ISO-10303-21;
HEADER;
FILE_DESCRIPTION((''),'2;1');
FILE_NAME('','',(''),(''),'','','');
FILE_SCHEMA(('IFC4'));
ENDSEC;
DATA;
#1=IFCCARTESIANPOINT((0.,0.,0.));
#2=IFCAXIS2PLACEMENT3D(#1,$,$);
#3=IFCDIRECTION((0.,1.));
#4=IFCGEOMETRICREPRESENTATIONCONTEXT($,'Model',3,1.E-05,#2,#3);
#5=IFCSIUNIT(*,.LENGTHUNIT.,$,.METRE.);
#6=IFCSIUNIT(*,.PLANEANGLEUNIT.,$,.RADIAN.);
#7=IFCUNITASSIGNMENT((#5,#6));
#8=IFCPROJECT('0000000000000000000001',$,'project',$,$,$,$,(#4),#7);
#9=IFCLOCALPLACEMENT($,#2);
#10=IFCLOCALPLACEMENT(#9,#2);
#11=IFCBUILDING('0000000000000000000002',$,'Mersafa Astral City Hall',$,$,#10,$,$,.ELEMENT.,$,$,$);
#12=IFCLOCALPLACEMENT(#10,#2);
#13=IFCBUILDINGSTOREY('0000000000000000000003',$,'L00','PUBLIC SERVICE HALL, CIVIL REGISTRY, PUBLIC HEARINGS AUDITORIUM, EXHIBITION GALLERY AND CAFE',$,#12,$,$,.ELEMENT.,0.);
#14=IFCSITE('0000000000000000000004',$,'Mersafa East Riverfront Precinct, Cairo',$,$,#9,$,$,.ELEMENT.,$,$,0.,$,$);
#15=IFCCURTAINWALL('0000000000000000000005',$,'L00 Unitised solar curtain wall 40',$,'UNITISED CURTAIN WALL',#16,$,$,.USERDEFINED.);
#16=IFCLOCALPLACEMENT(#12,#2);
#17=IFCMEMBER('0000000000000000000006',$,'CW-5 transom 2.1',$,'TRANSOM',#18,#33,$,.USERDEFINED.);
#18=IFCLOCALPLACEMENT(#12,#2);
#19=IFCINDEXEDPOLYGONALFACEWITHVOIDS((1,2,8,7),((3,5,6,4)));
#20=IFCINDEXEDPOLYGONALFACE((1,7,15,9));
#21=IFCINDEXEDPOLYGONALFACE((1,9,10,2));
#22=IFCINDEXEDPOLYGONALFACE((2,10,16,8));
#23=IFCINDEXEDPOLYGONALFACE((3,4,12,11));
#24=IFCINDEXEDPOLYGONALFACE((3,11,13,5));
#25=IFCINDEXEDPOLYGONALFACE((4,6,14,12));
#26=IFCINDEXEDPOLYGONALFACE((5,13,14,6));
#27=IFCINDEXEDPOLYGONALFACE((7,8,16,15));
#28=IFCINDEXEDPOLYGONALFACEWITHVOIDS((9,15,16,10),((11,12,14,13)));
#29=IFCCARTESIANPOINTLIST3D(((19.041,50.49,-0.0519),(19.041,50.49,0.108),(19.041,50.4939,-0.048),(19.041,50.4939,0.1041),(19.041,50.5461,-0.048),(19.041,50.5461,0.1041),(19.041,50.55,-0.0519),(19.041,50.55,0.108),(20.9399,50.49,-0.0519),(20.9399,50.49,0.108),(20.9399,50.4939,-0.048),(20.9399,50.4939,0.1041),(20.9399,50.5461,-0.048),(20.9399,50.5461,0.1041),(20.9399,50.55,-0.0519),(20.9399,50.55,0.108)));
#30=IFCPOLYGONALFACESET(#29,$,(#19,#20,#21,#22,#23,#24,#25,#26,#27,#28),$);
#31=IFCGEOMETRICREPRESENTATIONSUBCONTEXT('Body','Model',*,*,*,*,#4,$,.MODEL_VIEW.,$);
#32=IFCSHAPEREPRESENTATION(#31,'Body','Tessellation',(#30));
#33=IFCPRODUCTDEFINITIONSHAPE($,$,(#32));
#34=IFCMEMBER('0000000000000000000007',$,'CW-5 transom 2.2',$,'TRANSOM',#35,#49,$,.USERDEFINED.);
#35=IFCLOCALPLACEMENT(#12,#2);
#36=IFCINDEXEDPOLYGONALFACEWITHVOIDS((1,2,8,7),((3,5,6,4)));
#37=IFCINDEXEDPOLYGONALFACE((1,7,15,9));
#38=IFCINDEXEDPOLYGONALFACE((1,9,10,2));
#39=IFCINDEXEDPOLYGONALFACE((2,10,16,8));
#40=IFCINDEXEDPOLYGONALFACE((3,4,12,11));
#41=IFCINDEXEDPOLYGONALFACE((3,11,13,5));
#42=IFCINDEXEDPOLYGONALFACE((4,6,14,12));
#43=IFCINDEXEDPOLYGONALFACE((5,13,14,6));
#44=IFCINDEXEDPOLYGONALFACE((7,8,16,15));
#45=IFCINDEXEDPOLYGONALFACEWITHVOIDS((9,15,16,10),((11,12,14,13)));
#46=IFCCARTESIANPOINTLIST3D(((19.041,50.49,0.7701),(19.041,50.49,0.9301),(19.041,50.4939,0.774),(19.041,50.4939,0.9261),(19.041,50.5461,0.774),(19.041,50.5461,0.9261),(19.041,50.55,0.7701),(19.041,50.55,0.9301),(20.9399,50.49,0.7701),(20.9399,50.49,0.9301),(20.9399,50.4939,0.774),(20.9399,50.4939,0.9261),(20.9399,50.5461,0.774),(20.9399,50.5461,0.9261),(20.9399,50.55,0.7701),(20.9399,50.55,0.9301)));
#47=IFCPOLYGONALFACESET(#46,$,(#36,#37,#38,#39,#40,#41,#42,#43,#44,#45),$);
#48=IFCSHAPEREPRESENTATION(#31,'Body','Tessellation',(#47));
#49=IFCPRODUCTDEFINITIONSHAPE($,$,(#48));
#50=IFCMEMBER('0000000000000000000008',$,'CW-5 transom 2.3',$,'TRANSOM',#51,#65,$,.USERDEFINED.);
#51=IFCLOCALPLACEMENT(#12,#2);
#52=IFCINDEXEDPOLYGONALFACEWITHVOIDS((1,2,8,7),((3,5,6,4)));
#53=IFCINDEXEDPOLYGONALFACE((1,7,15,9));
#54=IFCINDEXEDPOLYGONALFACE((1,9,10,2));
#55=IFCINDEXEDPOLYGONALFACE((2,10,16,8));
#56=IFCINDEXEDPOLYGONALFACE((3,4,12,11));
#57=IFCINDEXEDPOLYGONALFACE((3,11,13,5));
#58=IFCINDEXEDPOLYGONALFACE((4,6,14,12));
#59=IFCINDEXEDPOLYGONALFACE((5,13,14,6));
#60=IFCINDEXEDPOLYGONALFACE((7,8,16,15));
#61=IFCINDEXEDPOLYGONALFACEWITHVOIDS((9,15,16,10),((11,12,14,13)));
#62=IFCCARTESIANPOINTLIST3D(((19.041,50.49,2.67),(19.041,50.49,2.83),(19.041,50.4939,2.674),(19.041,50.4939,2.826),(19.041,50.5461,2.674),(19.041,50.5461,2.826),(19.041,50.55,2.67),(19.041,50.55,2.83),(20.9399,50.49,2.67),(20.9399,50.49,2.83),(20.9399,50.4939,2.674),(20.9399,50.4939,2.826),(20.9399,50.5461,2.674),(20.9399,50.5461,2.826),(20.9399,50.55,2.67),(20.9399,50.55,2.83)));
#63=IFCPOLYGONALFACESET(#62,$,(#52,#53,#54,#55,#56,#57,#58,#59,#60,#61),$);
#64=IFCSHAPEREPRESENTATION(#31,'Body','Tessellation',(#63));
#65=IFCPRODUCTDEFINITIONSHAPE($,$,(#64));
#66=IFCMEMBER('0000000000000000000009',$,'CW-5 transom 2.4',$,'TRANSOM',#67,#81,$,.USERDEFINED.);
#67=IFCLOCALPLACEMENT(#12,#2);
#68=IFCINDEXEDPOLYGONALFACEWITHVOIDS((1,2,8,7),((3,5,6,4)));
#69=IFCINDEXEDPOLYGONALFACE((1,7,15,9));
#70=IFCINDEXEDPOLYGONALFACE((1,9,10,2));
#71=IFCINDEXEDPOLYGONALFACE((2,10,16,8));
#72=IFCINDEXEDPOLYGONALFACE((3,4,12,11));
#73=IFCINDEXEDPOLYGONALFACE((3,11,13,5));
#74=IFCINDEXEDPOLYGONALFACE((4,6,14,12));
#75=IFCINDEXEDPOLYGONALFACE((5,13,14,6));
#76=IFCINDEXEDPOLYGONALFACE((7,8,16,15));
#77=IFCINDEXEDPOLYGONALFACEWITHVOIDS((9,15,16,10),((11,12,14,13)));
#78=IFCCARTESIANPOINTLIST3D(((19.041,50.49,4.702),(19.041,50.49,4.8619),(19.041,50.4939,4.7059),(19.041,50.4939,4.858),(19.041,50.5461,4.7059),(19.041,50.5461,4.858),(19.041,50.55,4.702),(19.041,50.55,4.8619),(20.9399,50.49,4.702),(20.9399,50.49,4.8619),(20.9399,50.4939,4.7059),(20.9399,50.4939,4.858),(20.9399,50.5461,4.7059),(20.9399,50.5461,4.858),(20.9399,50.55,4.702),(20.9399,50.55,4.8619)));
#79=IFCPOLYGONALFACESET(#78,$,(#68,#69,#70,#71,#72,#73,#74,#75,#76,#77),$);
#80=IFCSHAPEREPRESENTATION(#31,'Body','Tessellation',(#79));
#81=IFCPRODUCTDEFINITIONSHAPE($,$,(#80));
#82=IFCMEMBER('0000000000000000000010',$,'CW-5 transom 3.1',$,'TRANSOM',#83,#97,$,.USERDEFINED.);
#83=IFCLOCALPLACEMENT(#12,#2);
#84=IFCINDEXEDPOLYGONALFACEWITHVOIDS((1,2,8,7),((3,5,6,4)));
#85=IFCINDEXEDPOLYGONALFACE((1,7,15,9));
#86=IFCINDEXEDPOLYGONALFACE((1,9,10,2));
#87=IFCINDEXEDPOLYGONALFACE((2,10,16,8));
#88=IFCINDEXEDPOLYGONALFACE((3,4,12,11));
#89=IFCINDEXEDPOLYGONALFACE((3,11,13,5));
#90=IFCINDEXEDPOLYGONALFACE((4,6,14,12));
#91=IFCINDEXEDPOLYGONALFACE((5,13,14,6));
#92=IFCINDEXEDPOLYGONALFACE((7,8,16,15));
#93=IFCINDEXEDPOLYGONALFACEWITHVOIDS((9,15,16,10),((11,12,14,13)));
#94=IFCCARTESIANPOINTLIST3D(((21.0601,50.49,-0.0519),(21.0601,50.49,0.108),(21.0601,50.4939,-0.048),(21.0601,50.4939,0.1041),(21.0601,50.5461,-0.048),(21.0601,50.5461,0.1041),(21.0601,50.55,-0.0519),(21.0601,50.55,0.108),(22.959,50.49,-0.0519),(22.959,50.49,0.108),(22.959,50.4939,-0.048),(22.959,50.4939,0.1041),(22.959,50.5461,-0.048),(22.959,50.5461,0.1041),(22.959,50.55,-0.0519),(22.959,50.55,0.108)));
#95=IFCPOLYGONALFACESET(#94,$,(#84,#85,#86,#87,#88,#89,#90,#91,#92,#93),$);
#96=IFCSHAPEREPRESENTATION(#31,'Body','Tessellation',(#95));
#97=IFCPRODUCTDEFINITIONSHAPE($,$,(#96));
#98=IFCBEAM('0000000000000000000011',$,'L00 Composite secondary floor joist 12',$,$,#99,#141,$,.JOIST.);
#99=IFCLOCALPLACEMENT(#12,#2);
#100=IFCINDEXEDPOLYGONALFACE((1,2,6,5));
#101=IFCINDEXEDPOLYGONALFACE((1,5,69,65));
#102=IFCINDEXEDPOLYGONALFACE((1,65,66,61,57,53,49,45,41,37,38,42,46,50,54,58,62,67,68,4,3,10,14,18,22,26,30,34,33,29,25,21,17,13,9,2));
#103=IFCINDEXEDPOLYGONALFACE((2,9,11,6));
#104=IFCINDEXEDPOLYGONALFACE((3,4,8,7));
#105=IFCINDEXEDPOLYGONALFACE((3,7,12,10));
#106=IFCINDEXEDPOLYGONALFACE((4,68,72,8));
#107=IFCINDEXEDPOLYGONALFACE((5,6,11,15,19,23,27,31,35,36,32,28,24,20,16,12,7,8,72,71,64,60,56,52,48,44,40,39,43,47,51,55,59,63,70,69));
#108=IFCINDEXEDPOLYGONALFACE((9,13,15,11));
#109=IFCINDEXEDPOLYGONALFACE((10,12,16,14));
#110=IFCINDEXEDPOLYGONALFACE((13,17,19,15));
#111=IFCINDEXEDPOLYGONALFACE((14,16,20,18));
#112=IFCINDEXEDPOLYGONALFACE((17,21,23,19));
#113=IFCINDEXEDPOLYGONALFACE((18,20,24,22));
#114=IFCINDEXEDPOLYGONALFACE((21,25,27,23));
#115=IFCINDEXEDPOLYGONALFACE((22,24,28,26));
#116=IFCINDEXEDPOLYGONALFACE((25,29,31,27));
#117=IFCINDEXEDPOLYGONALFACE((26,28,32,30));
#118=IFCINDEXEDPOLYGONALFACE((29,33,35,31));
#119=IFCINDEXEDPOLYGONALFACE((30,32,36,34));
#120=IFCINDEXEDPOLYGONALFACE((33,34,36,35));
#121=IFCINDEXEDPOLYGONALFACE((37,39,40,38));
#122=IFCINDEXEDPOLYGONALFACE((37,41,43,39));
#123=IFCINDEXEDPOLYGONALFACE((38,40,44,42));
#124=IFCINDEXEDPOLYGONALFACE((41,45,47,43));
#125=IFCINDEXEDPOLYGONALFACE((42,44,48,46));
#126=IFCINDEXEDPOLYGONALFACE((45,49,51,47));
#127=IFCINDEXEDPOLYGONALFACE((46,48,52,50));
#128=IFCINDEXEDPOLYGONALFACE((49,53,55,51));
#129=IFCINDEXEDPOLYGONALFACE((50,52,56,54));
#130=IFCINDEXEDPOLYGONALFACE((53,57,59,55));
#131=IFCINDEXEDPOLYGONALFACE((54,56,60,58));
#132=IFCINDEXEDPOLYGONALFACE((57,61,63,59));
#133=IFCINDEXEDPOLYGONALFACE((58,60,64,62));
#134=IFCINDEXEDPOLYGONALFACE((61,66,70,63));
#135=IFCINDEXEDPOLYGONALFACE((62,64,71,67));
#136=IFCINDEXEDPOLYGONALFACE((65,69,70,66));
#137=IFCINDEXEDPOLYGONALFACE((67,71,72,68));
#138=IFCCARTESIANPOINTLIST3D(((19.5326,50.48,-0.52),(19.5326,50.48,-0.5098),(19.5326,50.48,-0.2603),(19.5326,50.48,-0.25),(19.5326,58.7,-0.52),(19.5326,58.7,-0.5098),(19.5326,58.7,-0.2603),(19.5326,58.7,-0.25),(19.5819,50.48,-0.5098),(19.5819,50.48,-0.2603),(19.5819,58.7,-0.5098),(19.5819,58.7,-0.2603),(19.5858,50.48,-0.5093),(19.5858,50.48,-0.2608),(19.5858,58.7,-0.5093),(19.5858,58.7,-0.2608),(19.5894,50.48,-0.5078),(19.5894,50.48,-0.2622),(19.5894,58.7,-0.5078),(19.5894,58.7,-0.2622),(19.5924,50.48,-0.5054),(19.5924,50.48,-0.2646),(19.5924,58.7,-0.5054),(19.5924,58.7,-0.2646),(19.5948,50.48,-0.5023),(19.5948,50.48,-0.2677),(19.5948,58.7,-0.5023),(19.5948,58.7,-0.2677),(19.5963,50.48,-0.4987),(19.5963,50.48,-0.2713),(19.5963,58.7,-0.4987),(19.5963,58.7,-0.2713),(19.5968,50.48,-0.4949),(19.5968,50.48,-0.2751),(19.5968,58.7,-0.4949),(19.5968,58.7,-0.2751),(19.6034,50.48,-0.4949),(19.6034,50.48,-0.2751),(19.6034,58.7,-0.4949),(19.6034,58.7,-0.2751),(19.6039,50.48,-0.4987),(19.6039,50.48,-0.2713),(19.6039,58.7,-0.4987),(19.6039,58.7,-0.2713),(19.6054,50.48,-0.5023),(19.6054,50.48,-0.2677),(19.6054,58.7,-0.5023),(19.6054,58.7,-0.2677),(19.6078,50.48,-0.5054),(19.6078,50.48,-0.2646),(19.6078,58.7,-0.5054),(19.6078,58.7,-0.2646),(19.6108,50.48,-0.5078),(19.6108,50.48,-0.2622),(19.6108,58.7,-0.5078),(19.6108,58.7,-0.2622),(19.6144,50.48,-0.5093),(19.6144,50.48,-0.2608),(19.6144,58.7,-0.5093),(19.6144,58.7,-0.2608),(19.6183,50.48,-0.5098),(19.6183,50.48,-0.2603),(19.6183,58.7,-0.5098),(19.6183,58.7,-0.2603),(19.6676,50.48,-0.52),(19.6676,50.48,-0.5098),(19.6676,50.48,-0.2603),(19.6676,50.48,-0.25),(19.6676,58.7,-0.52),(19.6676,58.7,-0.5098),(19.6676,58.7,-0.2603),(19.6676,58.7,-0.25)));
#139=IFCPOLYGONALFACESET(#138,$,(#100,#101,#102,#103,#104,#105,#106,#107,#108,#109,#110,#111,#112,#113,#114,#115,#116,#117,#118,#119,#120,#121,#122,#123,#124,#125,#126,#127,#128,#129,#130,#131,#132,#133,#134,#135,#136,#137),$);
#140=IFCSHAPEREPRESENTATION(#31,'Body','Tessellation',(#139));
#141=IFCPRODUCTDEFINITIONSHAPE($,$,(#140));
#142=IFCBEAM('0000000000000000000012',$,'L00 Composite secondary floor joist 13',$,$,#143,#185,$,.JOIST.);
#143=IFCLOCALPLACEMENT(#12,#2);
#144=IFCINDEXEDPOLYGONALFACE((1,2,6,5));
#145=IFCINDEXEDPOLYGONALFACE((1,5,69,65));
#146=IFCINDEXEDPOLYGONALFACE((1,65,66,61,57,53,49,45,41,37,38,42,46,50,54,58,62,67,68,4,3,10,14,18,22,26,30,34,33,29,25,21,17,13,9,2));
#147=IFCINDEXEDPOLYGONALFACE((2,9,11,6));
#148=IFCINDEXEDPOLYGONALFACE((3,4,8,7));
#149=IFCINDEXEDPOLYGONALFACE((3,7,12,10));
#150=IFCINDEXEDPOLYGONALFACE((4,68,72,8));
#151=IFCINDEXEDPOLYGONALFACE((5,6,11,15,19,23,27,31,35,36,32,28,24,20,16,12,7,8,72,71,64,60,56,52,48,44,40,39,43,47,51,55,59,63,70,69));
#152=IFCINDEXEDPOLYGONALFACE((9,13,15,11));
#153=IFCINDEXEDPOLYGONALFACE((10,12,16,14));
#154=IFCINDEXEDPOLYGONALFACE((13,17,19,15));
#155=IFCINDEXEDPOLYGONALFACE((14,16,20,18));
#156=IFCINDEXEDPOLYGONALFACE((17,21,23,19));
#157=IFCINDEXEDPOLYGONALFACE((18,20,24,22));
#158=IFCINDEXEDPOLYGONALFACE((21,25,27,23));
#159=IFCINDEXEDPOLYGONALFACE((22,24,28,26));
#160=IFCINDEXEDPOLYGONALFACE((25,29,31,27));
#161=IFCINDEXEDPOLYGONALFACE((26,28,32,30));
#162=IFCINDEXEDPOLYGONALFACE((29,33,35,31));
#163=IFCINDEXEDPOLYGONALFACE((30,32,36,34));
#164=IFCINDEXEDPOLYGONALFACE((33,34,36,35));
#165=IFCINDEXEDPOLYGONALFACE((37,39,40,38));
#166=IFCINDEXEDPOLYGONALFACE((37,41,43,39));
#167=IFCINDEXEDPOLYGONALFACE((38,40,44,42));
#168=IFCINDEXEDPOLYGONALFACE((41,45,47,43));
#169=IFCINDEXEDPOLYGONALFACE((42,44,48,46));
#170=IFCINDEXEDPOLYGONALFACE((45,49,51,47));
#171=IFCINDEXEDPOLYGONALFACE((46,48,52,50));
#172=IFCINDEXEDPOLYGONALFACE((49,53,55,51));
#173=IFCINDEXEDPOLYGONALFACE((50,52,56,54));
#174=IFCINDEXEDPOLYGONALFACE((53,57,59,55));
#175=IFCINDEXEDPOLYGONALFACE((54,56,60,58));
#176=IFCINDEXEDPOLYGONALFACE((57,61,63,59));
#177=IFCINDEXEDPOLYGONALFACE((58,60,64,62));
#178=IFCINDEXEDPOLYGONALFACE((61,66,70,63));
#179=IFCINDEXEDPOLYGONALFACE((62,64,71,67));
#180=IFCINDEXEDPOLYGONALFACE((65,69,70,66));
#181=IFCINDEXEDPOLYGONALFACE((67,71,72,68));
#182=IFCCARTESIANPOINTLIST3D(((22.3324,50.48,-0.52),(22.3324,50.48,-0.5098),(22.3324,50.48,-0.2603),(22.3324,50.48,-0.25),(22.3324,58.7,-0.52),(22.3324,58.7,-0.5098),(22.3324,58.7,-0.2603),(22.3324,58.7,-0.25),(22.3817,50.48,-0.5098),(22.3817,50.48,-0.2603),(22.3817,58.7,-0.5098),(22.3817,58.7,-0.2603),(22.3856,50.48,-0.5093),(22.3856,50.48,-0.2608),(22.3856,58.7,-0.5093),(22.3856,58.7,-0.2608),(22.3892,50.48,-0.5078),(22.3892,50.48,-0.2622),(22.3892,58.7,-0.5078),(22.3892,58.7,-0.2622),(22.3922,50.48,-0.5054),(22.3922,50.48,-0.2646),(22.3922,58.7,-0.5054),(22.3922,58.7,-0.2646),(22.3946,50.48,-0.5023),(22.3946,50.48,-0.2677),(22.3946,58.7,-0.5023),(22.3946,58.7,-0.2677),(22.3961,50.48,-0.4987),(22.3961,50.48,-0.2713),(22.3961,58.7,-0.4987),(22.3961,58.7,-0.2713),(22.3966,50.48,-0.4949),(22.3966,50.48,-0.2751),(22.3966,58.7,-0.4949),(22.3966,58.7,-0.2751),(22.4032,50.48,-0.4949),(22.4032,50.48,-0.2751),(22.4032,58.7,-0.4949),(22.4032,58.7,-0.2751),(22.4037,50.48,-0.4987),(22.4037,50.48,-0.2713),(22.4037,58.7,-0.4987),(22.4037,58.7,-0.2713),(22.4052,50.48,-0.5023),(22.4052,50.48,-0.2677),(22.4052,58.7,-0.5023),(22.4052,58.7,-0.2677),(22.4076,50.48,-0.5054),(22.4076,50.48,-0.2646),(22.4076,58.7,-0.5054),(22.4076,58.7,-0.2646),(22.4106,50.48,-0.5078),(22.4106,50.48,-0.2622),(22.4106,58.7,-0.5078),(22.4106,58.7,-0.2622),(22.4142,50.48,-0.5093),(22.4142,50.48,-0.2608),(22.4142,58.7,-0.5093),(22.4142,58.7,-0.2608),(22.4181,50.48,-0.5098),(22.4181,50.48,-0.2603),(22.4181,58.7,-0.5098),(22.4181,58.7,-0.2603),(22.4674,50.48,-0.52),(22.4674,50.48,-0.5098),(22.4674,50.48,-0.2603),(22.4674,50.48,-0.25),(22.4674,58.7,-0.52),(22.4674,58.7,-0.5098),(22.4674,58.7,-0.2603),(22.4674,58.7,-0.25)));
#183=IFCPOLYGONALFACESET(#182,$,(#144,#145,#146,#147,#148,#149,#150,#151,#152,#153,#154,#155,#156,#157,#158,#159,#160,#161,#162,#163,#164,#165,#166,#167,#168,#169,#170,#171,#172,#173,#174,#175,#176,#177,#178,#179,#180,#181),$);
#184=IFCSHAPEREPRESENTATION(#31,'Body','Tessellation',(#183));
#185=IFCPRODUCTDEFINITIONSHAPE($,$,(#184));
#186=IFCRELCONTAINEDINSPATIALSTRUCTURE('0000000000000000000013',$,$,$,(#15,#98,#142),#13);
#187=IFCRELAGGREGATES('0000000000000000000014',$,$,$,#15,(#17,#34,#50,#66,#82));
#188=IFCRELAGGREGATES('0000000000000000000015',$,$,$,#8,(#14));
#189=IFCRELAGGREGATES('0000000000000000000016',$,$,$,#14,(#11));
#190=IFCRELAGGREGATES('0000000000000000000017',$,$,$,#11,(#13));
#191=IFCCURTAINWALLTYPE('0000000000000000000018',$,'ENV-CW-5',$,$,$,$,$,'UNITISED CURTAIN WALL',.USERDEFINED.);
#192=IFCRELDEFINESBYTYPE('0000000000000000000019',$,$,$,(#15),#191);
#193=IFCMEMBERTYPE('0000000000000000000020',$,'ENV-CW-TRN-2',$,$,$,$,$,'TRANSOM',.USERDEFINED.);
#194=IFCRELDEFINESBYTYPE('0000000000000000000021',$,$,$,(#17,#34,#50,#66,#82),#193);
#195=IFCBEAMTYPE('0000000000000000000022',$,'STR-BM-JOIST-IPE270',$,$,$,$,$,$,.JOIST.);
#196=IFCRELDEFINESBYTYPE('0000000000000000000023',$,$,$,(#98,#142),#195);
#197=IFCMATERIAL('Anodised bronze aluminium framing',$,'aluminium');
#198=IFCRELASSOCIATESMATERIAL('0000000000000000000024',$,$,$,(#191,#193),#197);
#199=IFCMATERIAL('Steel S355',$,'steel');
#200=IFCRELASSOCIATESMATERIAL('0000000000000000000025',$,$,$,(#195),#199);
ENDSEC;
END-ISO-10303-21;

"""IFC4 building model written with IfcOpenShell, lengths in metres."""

from ifc_helpers import new_model, si_unit, direction, frame, origin, origin_2d, place, context, subcontext, project, spatial, hollow_rectangle, i_section, extrude, material, material_profile, profile_set, type_object, element, aggregate, save


model = new_model("IFC4")

# Units and contexts
model_context = context("Model", 3, precision=1e-05, world=origin(), true_north=direction((0.0, 1.0)))
body_context = subcontext(model_context, "Body", "Model", "MODEL_VIEW")
ifc_project = project(units=[si_unit("LENGTHUNIT", "METRE"), si_unit("PLANEANGLEUNIT", "RADIAN")], contexts=[model_context])

# Site, building, storey
site_placement = place(None, origin())
site = spatial("IfcSite", under=ifc_project, at=site_placement, Name="Mersafa East Riverfront Precinct, Cairo", CompositionType="ELEMENT", RefElevation=0.0)
building_placement = place(site_placement, origin())
building = spatial("IfcBuilding", under=site, at=building_placement, Name="Mersafa Astral City Hall", CompositionType="ELEMENT")
storey_placement = place(building_placement, origin())
storey = spatial("IfcBuildingStorey", under=building, at=storey_placement, Name="L00", Description="PUBLIC SERVICE HALL, CIVIL REGISTRY, PUBLIC HEARINGS AUDITORIUM, EXHIBITION GALLERY AND CAFE", CompositionType="ELEMENT", Elevation=0.0)

# Shared definitions
ifc_material_1 = material(Name="Steel S355", Category="steel")

# Shared definitions
ifc_material_2 = material(Name="Anodised bronze aluminium framing", Category="aluminium")

# Curtain wall, members
curtain_wall_type_1 = type_object("IfcCurtainWallType", Name="ENV-CW-5", ElementType="UNITISED CURTAIN WALL", PredefinedType="USERDEFINED", material=ifc_material_2)
curtain_wall_1_placement = place(storey_placement, origin())
curtain_wall_1 = element("IfcCurtainWall", 1, at=curtain_wall_1_placement, inside=storey, type_object=curtain_wall_type_1, Name="L00 Unitised solar curtain wall 40", ObjectType="UNITISED CURTAIN WALL", PredefinedType="USERDEFINED")
ifc_material_profile_1 = material_profile(ifc_material_2, hollow_rectangle(XDim=0.0601, YDim=0.1599, WallThickness=0.0039, at=origin_2d()), Name="RHS 60x160x4")
ifc_profile_set_1 = profile_set([ifc_material_profile_1], Name="Anodised bronze aluminium framing")
member_type_1 = type_object("IfcMemberType", Name="ENV-CW-TRN-2", ElementType="TRANSOM", PredefinedType="USERDEFINED", material=ifc_profile_set_1)
member_1_placement = place(storey_placement, frame((19.041, 50.52, 0.0281), z_axis=(1.0, 0.0, 0.0), x_axis=(0.0, 1.0, 0.0)))
member_1 = element("IfcMember", 2, at=member_1_placement, type_object=member_type_1, Name="CW-5 transom 2.1", ObjectType="TRANSOM", PredefinedType="USERDEFINED", context=body_context, shape_type="SweptSolid", body=[
    extrude(hollow_rectangle(XDim=0.0601, YDim=0.1599, WallThickness=0.0039, at=origin_2d()), origin(), (0.0, 0.0, 1.0), 1.8989),
])
member_2_placement = place(storey_placement, frame((19.041, 50.52, 0.8501), z_axis=(1.0, 0.0, 0.0), x_axis=(0.0, 1.0, 0.0)))
member_2 = element("IfcMember", 3, at=member_2_placement, type_object=member_type_1, Name="CW-5 transom 2.2", ObjectType="TRANSOM", PredefinedType="USERDEFINED", context=body_context, shape_type="SweptSolid", body=[
    extrude(hollow_rectangle(XDim=0.0601, YDim=0.1599, WallThickness=0.0039, at=origin_2d()), origin(), (0.0, 0.0, 1.0), 1.8989),
])
member_3_placement = place(storey_placement, frame((19.041, 50.52, 2.75), z_axis=(1.0, 0.0, 0.0), x_axis=(0.0, 1.0, 0.0)))
member_3 = element("IfcMember", 4, at=member_3_placement, type_object=member_type_1, Name="CW-5 transom 2.3", ObjectType="TRANSOM", PredefinedType="USERDEFINED", context=body_context, shape_type="SweptSolid", body=[
    extrude(hollow_rectangle(XDim=0.0601, YDim=0.1599, WallThickness=0.0039, at=origin_2d()), origin(), (0.0, 0.0, 1.0), 1.8989),
])
member_4_placement = place(storey_placement, frame((19.041, 50.52, 4.782), z_axis=(1.0, 0.0, 0.0), x_axis=(0.0, 1.0, 0.0)))
member_4 = element("IfcMember", 5, at=member_4_placement, type_object=member_type_1, Name="CW-5 transom 2.4", ObjectType="TRANSOM", PredefinedType="USERDEFINED", context=body_context, shape_type="SweptSolid", body=[
    extrude(hollow_rectangle(XDim=0.0601, YDim=0.1599, WallThickness=0.0039, at=origin_2d()), origin(), (0.0, 0.0, 1.0), 1.8989),
])
member_5_placement = place(storey_placement, frame((21.0601, 50.52, 0.0281), z_axis=(1.0, 0.0, 0.0), x_axis=(0.0, 1.0, 0.0)))
member_5 = element("IfcMember", 6, at=member_5_placement, type_object=member_type_1, Name="CW-5 transom 3.1", ObjectType="TRANSOM", PredefinedType="USERDEFINED", context=body_context, shape_type="SweptSolid", body=[
    extrude(hollow_rectangle(XDim=0.0601, YDim=0.1599, WallThickness=0.0039, at=origin_2d()), origin(), (0.0, 0.0, 1.0), 1.8989),
])

# Beams
ifc_material_profile_2 = material_profile(ifc_material_1, i_section(OverallWidth=0.135, OverallDepth=0.27, WebThickness=0.0066, FlangeThickness=0.0103, FilletRadius=0.0149, at=origin_2d()), Name="IPE 270")
ifc_profile_set_2 = profile_set([ifc_material_profile_2], Name="Steel S355")
beam_type_1 = type_object("IfcBeamType", Name="STR-BM-JOIST-IPE270", PredefinedType="JOIST", material=ifc_profile_set_2)
for number, where, z_axis, x_axis, name in (
    (7, (19.6001, 50.48, -0.385), (0.0, 1.0, 0.0), (-1.0, 0.0, 0.0), "L00 Composite secondary floor joist 12"),
    (8, (22.3999, 50.48, -0.385), (0.0, 1.0, 0.0), (-1.0, 0.0, 0.0), "L00 Composite secondary floor joist 13"),
):
    element("IfcBeam", number, at=place(storey_placement, frame(where, z_axis=z_axis, x_axis=x_axis)), inside=storey, type_object=beam_type_1, Name=name, PredefinedType="JOIST", context=body_context, shape_type="SweptSolid", body=[
        extrude(i_section(OverallWidth=0.135, OverallDepth=0.27, WebThickness=0.0066, FlangeThickness=0.0103, FilletRadius=0.0149, at=origin_2d()), origin(), (0.0, 0.0, 1.0), 8.22),
    ])

aggregate(curtain_wall_1, [member_1, member_2, member_3, member_4, member_5])

save(model, "model.ifc")
